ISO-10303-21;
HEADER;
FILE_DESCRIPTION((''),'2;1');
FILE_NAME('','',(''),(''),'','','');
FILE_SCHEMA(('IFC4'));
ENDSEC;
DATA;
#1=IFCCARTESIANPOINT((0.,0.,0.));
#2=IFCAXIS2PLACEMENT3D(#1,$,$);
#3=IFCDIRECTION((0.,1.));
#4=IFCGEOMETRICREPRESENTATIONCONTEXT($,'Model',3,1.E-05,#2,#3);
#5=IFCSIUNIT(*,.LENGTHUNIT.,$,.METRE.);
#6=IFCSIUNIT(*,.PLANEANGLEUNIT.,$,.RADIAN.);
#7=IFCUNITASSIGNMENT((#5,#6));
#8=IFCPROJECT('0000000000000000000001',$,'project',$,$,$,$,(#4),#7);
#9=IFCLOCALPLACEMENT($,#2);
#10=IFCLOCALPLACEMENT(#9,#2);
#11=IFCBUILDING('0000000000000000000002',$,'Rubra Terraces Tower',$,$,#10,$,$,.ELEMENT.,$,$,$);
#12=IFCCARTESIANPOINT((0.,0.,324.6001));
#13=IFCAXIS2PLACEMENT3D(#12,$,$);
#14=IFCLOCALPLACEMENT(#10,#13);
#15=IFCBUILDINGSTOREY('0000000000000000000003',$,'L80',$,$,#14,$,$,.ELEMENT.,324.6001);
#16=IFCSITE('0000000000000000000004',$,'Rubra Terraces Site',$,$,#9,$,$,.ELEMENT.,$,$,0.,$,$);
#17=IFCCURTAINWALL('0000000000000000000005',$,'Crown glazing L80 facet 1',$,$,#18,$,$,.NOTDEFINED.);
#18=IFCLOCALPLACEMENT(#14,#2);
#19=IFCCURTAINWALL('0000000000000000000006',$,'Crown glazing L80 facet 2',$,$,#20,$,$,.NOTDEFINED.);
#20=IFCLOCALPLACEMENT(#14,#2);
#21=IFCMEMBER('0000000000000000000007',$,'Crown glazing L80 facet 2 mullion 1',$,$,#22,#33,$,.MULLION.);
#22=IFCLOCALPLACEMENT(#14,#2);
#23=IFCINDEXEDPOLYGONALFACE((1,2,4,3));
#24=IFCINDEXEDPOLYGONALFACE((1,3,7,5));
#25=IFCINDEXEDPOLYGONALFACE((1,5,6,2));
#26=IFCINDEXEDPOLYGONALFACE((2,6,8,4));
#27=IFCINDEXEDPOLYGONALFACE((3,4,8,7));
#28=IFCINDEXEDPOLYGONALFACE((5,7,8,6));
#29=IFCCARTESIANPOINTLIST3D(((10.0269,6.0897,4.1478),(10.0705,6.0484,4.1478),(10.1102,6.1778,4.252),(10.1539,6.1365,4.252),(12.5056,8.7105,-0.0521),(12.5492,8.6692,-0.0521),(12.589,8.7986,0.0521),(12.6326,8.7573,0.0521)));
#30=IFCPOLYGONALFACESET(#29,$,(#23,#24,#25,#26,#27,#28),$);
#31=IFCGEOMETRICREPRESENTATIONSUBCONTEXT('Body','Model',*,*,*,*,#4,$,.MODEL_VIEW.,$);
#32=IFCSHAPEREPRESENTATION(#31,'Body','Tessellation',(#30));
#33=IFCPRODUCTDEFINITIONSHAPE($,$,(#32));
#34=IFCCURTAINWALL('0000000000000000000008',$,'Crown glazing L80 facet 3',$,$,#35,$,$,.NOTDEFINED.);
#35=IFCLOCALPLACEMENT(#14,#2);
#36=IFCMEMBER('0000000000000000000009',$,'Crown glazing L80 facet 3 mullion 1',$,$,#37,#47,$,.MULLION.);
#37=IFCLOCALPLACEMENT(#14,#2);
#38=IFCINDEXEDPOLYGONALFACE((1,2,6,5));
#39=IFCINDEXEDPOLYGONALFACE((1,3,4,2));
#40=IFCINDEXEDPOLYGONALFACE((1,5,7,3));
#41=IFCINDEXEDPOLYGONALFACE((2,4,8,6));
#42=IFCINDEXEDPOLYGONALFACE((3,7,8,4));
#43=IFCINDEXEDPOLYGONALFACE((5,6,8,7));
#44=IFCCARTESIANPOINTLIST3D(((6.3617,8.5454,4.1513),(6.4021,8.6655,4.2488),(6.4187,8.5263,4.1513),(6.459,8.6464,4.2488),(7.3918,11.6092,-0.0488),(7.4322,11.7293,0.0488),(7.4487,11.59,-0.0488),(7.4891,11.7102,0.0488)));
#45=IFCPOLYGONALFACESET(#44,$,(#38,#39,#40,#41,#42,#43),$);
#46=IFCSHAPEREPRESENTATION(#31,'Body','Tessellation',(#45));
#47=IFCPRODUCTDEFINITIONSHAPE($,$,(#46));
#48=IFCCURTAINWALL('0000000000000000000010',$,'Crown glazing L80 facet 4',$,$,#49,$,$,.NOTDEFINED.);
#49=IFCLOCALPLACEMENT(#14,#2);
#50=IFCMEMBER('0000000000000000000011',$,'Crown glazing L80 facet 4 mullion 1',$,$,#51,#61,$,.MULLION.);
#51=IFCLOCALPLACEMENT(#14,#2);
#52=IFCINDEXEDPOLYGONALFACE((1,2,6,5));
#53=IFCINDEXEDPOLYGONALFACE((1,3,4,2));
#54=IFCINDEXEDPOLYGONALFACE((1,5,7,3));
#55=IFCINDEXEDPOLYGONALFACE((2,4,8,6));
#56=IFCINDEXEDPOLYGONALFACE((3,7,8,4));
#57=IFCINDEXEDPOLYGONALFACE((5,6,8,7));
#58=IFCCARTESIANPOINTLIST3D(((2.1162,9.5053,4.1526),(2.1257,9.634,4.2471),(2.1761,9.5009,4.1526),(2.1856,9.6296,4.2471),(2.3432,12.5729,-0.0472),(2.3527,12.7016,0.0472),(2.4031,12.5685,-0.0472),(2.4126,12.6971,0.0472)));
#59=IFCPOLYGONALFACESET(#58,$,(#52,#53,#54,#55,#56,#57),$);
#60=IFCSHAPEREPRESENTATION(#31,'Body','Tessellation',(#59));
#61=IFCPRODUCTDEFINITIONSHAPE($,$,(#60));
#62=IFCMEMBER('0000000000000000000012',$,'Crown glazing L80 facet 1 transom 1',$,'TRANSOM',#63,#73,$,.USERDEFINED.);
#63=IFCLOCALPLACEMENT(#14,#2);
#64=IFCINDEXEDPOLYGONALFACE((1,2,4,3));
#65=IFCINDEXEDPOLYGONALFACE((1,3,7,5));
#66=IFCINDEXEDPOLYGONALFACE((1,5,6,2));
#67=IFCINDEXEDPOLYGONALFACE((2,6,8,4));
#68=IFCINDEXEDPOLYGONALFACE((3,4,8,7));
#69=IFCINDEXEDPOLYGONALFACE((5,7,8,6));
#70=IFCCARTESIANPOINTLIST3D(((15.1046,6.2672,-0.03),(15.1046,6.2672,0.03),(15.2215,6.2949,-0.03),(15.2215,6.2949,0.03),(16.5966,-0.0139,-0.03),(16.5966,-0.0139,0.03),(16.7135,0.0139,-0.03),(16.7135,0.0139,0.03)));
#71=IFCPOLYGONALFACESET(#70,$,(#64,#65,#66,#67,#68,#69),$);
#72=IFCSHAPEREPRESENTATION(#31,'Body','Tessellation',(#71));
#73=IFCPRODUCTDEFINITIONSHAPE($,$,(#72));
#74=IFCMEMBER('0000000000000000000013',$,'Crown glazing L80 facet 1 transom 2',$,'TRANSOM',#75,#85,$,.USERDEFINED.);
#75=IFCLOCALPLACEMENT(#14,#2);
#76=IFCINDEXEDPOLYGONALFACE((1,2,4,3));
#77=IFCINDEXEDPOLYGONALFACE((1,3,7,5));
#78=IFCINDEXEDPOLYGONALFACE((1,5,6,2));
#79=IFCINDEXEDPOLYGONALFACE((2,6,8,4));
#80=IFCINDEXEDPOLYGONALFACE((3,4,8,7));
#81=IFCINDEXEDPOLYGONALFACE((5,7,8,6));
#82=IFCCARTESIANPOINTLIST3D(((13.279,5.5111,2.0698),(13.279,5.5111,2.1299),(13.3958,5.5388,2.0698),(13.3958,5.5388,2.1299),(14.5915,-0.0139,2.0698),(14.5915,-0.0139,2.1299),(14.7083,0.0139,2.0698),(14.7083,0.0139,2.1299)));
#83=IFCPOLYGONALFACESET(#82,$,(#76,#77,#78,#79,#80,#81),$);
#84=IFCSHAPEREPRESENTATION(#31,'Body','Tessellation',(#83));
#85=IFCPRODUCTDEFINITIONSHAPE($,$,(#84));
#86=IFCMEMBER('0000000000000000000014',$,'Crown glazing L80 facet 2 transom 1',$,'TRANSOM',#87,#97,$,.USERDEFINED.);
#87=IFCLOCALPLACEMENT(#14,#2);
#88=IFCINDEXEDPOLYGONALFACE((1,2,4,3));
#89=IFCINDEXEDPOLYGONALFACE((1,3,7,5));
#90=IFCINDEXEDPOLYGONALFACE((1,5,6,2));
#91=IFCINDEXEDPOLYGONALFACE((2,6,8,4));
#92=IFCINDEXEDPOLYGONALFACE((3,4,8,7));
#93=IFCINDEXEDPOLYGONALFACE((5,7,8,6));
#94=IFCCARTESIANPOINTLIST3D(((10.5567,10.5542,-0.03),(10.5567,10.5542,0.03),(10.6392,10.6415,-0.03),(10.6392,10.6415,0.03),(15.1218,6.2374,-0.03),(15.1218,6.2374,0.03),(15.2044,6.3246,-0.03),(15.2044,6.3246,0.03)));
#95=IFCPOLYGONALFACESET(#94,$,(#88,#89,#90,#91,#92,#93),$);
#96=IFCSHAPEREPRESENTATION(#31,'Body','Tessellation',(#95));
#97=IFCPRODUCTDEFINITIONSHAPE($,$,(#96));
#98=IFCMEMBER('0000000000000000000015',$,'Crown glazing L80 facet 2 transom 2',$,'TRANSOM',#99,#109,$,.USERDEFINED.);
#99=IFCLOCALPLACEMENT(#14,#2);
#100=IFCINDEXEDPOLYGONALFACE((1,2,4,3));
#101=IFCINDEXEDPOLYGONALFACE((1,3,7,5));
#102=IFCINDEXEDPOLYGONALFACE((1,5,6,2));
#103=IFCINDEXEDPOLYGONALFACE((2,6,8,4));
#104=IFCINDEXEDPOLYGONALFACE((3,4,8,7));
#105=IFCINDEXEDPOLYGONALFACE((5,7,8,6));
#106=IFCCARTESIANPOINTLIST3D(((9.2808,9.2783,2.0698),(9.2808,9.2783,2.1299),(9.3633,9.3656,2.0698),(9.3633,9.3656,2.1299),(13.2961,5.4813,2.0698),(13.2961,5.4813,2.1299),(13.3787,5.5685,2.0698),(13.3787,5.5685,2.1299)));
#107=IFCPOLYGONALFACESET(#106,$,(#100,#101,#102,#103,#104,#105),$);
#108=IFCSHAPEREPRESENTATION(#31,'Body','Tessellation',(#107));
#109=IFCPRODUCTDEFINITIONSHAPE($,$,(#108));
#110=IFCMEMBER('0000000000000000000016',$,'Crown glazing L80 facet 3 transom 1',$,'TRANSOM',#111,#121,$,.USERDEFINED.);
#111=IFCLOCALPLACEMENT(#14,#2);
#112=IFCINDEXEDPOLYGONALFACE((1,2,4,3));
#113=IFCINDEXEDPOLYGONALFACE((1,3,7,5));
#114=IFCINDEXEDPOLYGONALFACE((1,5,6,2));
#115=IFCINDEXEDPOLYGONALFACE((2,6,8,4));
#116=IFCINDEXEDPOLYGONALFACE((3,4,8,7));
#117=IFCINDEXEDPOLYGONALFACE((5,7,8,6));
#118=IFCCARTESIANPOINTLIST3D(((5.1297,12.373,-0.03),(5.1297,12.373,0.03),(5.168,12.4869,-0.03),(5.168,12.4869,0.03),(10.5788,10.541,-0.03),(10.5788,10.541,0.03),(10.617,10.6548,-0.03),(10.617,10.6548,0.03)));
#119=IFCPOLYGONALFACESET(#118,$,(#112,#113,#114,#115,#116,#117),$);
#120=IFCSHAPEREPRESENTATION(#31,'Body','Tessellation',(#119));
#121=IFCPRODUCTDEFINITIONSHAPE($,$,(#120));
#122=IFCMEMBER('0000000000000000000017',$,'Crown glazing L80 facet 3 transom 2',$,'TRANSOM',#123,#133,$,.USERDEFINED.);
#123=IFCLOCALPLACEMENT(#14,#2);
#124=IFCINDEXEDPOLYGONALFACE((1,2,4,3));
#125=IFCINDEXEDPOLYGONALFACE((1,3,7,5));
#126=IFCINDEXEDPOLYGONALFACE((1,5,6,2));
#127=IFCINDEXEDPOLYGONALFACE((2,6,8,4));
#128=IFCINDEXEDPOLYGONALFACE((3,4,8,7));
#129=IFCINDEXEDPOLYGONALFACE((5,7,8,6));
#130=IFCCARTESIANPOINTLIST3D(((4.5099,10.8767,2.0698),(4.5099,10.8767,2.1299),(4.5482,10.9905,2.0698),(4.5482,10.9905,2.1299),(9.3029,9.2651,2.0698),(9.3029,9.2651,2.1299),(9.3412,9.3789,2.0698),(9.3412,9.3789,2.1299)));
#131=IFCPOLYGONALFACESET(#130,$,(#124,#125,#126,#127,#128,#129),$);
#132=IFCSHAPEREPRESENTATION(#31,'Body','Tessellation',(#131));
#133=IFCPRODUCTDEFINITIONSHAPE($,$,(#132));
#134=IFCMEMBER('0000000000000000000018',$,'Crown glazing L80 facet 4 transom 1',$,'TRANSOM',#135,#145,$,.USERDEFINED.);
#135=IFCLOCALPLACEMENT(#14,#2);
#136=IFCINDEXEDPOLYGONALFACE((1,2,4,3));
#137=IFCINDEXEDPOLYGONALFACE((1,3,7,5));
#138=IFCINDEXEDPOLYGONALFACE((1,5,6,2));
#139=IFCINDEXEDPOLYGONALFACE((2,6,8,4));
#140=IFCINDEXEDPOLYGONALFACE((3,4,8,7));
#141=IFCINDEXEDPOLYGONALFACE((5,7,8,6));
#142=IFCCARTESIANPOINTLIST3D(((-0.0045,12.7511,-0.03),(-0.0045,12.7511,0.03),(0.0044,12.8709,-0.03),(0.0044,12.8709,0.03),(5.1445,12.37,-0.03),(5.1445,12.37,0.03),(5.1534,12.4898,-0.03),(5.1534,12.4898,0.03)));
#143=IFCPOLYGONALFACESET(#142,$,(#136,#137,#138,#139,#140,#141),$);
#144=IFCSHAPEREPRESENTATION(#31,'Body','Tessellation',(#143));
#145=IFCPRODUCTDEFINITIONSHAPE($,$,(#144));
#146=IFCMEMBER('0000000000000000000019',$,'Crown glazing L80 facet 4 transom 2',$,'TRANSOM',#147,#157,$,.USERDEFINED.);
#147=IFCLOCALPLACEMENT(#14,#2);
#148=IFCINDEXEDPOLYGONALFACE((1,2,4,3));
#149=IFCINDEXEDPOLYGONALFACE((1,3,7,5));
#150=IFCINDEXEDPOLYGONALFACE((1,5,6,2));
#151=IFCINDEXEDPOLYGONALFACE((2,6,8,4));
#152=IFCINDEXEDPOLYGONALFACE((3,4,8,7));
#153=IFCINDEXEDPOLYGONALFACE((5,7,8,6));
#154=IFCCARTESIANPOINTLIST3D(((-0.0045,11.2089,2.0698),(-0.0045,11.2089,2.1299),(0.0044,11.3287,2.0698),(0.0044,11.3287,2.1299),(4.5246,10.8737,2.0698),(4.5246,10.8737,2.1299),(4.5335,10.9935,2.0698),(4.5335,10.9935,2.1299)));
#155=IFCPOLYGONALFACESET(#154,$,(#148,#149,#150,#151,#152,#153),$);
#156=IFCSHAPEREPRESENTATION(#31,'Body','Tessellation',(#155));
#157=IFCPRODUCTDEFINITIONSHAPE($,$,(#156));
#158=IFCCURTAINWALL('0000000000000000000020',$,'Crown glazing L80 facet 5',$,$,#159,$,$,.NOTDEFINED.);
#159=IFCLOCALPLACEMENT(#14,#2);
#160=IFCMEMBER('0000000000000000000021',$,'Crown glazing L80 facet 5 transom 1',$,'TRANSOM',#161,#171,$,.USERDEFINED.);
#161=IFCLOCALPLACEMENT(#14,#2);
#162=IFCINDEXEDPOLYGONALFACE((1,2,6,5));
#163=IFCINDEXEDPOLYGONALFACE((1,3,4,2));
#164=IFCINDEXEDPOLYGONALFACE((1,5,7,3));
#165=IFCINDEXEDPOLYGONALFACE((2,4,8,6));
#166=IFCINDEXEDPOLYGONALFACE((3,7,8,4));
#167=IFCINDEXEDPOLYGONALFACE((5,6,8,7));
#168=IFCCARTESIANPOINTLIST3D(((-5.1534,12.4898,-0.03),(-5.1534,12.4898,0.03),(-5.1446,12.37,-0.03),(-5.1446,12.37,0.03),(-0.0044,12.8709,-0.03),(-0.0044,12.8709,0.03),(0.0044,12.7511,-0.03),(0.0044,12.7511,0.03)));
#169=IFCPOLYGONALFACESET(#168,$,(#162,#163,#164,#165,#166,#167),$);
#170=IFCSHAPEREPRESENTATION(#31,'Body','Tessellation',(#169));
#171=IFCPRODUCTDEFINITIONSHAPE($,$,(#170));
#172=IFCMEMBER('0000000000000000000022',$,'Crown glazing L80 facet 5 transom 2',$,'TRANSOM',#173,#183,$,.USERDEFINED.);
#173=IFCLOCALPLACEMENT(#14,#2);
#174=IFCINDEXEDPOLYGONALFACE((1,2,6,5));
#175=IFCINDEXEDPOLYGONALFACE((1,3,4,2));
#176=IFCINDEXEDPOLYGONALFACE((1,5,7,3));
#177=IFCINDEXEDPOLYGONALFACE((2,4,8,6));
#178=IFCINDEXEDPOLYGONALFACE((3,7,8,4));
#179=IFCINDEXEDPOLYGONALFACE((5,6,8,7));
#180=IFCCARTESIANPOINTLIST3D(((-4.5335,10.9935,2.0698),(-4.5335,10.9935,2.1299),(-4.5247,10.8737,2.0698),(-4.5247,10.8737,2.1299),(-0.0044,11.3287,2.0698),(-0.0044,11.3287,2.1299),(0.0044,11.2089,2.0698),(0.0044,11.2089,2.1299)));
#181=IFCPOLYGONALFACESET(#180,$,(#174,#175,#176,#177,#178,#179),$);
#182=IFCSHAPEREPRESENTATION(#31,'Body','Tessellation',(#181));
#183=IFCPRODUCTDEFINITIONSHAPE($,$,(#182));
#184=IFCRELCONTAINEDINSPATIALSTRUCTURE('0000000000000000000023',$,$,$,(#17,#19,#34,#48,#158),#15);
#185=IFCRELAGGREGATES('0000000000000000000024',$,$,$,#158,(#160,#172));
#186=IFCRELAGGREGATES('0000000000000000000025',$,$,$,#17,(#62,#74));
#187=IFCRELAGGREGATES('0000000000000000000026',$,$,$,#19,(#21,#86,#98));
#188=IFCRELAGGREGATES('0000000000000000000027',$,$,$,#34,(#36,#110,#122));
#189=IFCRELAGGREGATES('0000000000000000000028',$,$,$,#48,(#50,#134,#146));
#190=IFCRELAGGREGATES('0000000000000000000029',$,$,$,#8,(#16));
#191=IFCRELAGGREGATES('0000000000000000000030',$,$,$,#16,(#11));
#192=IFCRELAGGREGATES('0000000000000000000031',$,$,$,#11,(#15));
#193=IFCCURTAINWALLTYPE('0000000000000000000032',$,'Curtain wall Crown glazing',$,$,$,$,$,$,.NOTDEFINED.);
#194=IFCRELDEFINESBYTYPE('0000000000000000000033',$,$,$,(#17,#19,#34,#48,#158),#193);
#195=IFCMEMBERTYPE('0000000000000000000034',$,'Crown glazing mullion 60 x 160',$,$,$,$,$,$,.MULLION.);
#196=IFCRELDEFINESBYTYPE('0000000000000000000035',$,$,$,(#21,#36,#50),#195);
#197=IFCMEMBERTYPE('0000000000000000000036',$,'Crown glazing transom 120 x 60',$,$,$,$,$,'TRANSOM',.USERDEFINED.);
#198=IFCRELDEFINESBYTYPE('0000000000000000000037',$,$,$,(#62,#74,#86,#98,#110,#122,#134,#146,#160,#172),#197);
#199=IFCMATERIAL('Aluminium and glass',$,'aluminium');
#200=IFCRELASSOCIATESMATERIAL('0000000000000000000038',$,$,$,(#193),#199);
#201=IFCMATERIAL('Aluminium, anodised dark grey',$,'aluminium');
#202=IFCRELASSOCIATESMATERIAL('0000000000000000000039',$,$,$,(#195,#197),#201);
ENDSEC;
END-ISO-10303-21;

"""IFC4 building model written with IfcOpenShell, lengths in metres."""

from ifc_helpers import new_model, si_unit, direction, frame, origin, origin_2d, place, context, subcontext, project, spatial, rectangle, extrude, material, material_profile, profile_set, type_object, element, aggregate, save


model = new_model("IFC4")

# Units and contexts
model_context = context("Model", 3, precision=1e-05, world=origin(), true_north=direction((0.0, 1.0)))
body_context = subcontext(model_context, "Body", "Model", "MODEL_VIEW")
ifc_project = project(units=[si_unit("LENGTHUNIT", "METRE"), si_unit("PLANEANGLEUNIT", "RADIAN")], contexts=[model_context])

# Site, building, storey
site_placement = place(None, origin())
site = spatial("IfcSite", under=ifc_project, at=site_placement, Name="Rubra Terraces Site", CompositionType="ELEMENT", RefElevation=0.0)
building_placement = place(site_placement, origin())
building = spatial("IfcBuilding", under=site, at=building_placement, Name="Rubra Terraces Tower", CompositionType="ELEMENT")
storey_placement = place(building_placement, frame((0.0, 0.0, 324.6001)))
storey = spatial("IfcBuildingStorey", under=building, at=storey_placement, Name="L80", CompositionType="ELEMENT", Elevation=324.6001)

# Curtain walls, members
ifc_material_1 = material(Name="Aluminium and glass", Category="aluminium")
curtain_wall_type = type_object("IfcCurtainWallType", Name="Curtain wall Crown glazing", PredefinedType="NOTDEFINED", material=ifc_material_1)
curtain_wall_1_placement = place(storey_placement, origin())
curtain_wall_1 = element("IfcCurtainWall", 1, at=curtain_wall_1_placement, inside=storey, type_object=curtain_wall_type, Name="Crown glazing L80 facet 1", PredefinedType="NOTDEFINED")
ifc_material_2 = material(Name="Aluminium, anodised dark grey", Category="aluminium")
ifc_material_profile_1 = material_profile(ifc_material_2, rectangle(XDim=0.0601, YDim=0.1599, at=origin_2d()), Name="AL 60x160")
ifc_profile_set_1 = profile_set([ifc_material_profile_1], Name="Aluminium, anodised dark grey")
member_type_1 = type_object("IfcMemberType", Name="Crown glazing mullion 60 x 160", PredefinedType="MULLION", material=ifc_profile_set_1)
curtain_wall_2_placement = place(storey_placement, origin())
curtain_wall_2 = element("IfcCurtainWall", 2, at=curtain_wall_2_placement, inside=storey, type_object=curtain_wall_type, Name="Crown glazing L80 facet 2", PredefinedType="NOTDEFINED")
member_1_placement = place(storey_placement, frame((12.5691, 8.7339, 0.0), z_axis=(-0.447713, -0.473378, 0.758595), x_axis=(0.726527, -0.687138, 0.0)))
member_1 = element("IfcMember", 3, at=member_1_placement, type_object=member_type_1, Name="Crown glazing L80 facet 2 mullion 1", PredefinedType="MULLION", context=body_context, shape_type="SweptSolid", body=[
    extrude(rectangle(XDim=0.0601, YDim=0.1599, at=origin_2d()), origin(), (0.0, 0.0, 1.0), 5.5364),
])
curtain_wall_3_placement = place(storey_placement, origin())
curtain_wall_3 = element("IfcCurtainWall", 4, at=curtain_wall_3_placement, inside=storey, type_object=curtain_wall_type, Name="Crown glazing L80 facet 3", PredefinedType="NOTDEFINED")
member_2_placement = place(storey_placement, frame((7.4404, 11.6597, 0.0), z_axis=(-0.194356, -0.578092, 0.792487), x_axis=(0.947864, -0.318674, 0.0)))
member_2 = element("IfcMember", 5, at=member_2_placement, type_object=member_type_1, Name="Crown glazing L80 facet 3 mullion 1", PredefinedType="MULLION", context=body_context, shape_type="SweptSolid", body=[
    extrude(rectangle(XDim=0.0601, YDim=0.1599, at=origin_2d()), origin(), (0.0, 0.0, 1.0), 5.2998),
])
curtain_wall_4_placement = place(storey_placement, origin())
curtain_wall_4 = element("IfcCurtainWall", 6, at=curtain_wall_4_placement, inside=storey, type_object=curtain_wall_type, Name="Crown glazing L80 facet 4", PredefinedType="NOTDEFINED")
member_3_placement = place(storey_placement, frame((2.3779, 12.635, 0.0), z_axis=(-0.043614, -0.589259, 0.806766), x_axis=(0.997272, -0.073813, 0.0)))
member_3 = element("IfcMember", 7, at=member_3_placement, type_object=member_type_1, Name="Crown glazing L80 facet 4 mullion 1", PredefinedType="MULLION", context=body_context, shape_type="SweptSolid", body=[
    extrude(rectangle(XDim=0.0601, YDim=0.1599, at=origin_2d()), origin(), (0.0, 0.0, 1.0), 5.2058),
])

# Members
ifc_material_profile_2 = material_profile(ifc_material_2, rectangle(XDim=0.1201, YDim=0.0601, at=origin_2d()), Name="AL 120x60")
ifc_profile_set_2 = profile_set([ifc_material_profile_2], Name="Aluminium, anodised dark grey")
member_type_2 = type_object("IfcMemberType", Name="Crown glazing transom 120 x 60", ElementType="TRANSOM", PredefinedType="USERDEFINED", material=ifc_profile_set_2)
member_4_placement = place(storey_placement, frame((16.655, 0.0, 0.0), z_axis=(-0.231102, 0.972929, 0.0), x_axis=(-0.972929, -0.231102, 0.0)))
member_4 = element("IfcMember", 8, at=member_4_placement, type_object=member_type_2, Name="Crown glazing L80 facet 1 transom 1", ObjectType="TRANSOM", PredefinedType="USERDEFINED", context=body_context, shape_type="SweptSolid", body=[
    extrude(rectangle(XDim=0.1201, YDim=0.0601, at=origin_2d()), origin(), (0.0, 0.0, 1.0), 6.4558),
])
member_5_placement = place(storey_placement, frame((14.6499, 0.0, 2.0999), z_axis=(-0.231128, 0.972923, 0.0), x_axis=(-0.972923, -0.231128, 0.0)))
member_5 = element("IfcMember", 9, at=member_5_placement, type_object=member_type_2, Name="Crown glazing L80 facet 1 transom 2", ObjectType="TRANSOM", PredefinedType="USERDEFINED", context=body_context, shape_type="SweptSolid", body=[
    extrude(rectangle(XDim=0.1201, YDim=0.0601, at=origin_2d()), origin(), (0.0, 0.0, 1.0), 5.6787),
])
member_6_placement = place(storey_placement, frame((15.1631, 6.281, 0.0), z_axis=(-0.72659, 0.687072, 0.0), x_axis=(-0.687072, -0.72659, 0.0)))
member_6 = element("IfcMember", 10, at=member_6_placement, type_object=member_type_2, Name="Crown glazing L80 facet 2 transom 1", ObjectType="TRANSOM", PredefinedType="USERDEFINED", context=body_context, shape_type="SweptSolid", body=[
    extrude(rectangle(XDim=0.1201, YDim=0.0601, at=origin_2d()), origin(), (0.0, 0.0, 1.0), 6.283),
])
member_7_placement = place(storey_placement, frame((13.3374, 5.5249, 2.0999), z_axis=(-0.726578, 0.687084, 0.0), x_axis=(-0.687084, -0.726578, 0.0)))
member_7 = element("IfcMember", 11, at=member_7_placement, type_object=member_type_2, Name="Crown glazing L80 facet 2 transom 2", ObjectType="TRANSOM", PredefinedType="USERDEFINED", context=body_context, shape_type="SweptSolid", body=[
    extrude(rectangle(XDim=0.1201, YDim=0.0601, at=origin_2d()), origin(), (0.0, 0.0, 1.0), 5.5264),
])
member_8_placement = place(storey_placement, frame((10.5979, 10.5979, 0.0), z_axis=(-0.94786, 0.318686, 0.0), x_axis=(-0.318686, -0.94786, 0.0)))
member_8 = element("IfcMember", 12, at=member_8_placement, type_object=member_type_2, Name="Crown glazing L80 facet 3 transom 1", ObjectType="TRANSOM", PredefinedType="USERDEFINED", context=body_context, shape_type="SweptSolid", body=[
    extrude(rectangle(XDim=0.1201, YDim=0.0601, at=origin_2d()), origin(), (0.0, 0.0, 1.0), 5.7488),
])
member_9_placement = place(storey_placement, frame((9.322, 9.322, 2.0999), z_axis=(-0.947854, 0.318704, 0.0), x_axis=(-0.318704, -0.947854, 0.0)))
member_9 = element("IfcMember", 13, at=member_9_placement, type_object=member_type_2, Name="Crown glazing L80 facet 3 transom 2", ObjectType="TRANSOM", PredefinedType="USERDEFINED", context=body_context, shape_type="SweptSolid", body=[
    extrude(rectangle(XDim=0.1201, YDim=0.0601, at=origin_2d()), origin(), (0.0, 0.0, 1.0), 5.0566),
])
member_10_placement = place(storey_placement, frame((5.1489, 12.4299, 0.0), z_axis=(-0.997272, 0.073814, 0.0), x_axis=(-0.073814, -0.997272, 0.0)))
member_10 = element("IfcMember", 14, at=member_10_placement, type_object=member_type_2, Name="Crown glazing L80 facet 4 transom 1", ObjectType="TRANSOM", PredefinedType="USERDEFINED", context=body_context, shape_type="SweptSolid", body=[
    extrude(rectangle(XDim=0.1201, YDim=0.0601, at=origin_2d()), origin(), (0.0, 0.0, 1.0), 5.1631),
])
member_11_placement = place(storey_placement, frame((4.5291, 10.9336, 2.0999), z_axis=(-0.997272, 0.07381, 0.0), x_axis=(-0.07381, -0.997272, 0.0)))
member_11 = element("IfcMember", 15, at=member_11_placement, type_object=member_type_2, Name="Crown glazing L80 facet 4 transom 2", ObjectType="TRANSOM", PredefinedType="USERDEFINED", context=body_context, shape_type="SweptSolid", body=[
    extrude(rectangle(XDim=0.1201, YDim=0.0601, at=origin_2d()), origin(), (0.0, 0.0, 1.0), 4.5415),
])

# Curtain wall, members
curtain_wall_5_placement = place(storey_placement, origin())
curtain_wall_5 = element("IfcCurtainWall", 16, at=curtain_wall_5_placement, inside=storey, type_object=curtain_wall_type, Name="Crown glazing L80 facet 5", PredefinedType="NOTDEFINED")
member_12_placement = place(storey_placement, frame((0.0, 12.811, 0.0), z_axis=(-0.997272, -0.073814, 0.0), x_axis=(0.073814, -0.997272, 0.0)))
member_12 = element("IfcMember", 17, at=member_12_placement, type_object=member_type_2, Name="Crown glazing L80 facet 5 transom 1", ObjectType="TRANSOM", PredefinedType="USERDEFINED", context=body_context, shape_type="SweptSolid", body=[
    extrude(rectangle(XDim=0.1201, YDim=0.0601, at=origin_2d()), origin(), (0.0, 0.0, 1.0), 5.1631),
])
member_13_placement = place(storey_placement, frame((0.0, 11.2688, 2.0999), z_axis=(-0.997272, -0.07381, 0.0), x_axis=(0.07381, -0.997272, 0.0)))
member_13 = element("IfcMember", 18, at=member_13_placement, type_object=member_type_2, Name="Crown glazing L80 facet 5 transom 2", ObjectType="TRANSOM", PredefinedType="USERDEFINED", context=body_context, shape_type="SweptSolid", body=[
    extrude(rectangle(XDim=0.1201, YDim=0.0601, at=origin_2d()), origin(), (0.0, 0.0, 1.0), 4.5415),
])
aggregate(curtain_wall_5, [member_12, member_13])

aggregate(curtain_wall_1, [member_4, member_5])
aggregate(curtain_wall_2, [member_1, member_6, member_7])
aggregate(curtain_wall_3, [member_2, member_8, member_9])
aggregate(curtain_wall_4, [member_3, member_10, member_11])

save(model, "model.ifc")
